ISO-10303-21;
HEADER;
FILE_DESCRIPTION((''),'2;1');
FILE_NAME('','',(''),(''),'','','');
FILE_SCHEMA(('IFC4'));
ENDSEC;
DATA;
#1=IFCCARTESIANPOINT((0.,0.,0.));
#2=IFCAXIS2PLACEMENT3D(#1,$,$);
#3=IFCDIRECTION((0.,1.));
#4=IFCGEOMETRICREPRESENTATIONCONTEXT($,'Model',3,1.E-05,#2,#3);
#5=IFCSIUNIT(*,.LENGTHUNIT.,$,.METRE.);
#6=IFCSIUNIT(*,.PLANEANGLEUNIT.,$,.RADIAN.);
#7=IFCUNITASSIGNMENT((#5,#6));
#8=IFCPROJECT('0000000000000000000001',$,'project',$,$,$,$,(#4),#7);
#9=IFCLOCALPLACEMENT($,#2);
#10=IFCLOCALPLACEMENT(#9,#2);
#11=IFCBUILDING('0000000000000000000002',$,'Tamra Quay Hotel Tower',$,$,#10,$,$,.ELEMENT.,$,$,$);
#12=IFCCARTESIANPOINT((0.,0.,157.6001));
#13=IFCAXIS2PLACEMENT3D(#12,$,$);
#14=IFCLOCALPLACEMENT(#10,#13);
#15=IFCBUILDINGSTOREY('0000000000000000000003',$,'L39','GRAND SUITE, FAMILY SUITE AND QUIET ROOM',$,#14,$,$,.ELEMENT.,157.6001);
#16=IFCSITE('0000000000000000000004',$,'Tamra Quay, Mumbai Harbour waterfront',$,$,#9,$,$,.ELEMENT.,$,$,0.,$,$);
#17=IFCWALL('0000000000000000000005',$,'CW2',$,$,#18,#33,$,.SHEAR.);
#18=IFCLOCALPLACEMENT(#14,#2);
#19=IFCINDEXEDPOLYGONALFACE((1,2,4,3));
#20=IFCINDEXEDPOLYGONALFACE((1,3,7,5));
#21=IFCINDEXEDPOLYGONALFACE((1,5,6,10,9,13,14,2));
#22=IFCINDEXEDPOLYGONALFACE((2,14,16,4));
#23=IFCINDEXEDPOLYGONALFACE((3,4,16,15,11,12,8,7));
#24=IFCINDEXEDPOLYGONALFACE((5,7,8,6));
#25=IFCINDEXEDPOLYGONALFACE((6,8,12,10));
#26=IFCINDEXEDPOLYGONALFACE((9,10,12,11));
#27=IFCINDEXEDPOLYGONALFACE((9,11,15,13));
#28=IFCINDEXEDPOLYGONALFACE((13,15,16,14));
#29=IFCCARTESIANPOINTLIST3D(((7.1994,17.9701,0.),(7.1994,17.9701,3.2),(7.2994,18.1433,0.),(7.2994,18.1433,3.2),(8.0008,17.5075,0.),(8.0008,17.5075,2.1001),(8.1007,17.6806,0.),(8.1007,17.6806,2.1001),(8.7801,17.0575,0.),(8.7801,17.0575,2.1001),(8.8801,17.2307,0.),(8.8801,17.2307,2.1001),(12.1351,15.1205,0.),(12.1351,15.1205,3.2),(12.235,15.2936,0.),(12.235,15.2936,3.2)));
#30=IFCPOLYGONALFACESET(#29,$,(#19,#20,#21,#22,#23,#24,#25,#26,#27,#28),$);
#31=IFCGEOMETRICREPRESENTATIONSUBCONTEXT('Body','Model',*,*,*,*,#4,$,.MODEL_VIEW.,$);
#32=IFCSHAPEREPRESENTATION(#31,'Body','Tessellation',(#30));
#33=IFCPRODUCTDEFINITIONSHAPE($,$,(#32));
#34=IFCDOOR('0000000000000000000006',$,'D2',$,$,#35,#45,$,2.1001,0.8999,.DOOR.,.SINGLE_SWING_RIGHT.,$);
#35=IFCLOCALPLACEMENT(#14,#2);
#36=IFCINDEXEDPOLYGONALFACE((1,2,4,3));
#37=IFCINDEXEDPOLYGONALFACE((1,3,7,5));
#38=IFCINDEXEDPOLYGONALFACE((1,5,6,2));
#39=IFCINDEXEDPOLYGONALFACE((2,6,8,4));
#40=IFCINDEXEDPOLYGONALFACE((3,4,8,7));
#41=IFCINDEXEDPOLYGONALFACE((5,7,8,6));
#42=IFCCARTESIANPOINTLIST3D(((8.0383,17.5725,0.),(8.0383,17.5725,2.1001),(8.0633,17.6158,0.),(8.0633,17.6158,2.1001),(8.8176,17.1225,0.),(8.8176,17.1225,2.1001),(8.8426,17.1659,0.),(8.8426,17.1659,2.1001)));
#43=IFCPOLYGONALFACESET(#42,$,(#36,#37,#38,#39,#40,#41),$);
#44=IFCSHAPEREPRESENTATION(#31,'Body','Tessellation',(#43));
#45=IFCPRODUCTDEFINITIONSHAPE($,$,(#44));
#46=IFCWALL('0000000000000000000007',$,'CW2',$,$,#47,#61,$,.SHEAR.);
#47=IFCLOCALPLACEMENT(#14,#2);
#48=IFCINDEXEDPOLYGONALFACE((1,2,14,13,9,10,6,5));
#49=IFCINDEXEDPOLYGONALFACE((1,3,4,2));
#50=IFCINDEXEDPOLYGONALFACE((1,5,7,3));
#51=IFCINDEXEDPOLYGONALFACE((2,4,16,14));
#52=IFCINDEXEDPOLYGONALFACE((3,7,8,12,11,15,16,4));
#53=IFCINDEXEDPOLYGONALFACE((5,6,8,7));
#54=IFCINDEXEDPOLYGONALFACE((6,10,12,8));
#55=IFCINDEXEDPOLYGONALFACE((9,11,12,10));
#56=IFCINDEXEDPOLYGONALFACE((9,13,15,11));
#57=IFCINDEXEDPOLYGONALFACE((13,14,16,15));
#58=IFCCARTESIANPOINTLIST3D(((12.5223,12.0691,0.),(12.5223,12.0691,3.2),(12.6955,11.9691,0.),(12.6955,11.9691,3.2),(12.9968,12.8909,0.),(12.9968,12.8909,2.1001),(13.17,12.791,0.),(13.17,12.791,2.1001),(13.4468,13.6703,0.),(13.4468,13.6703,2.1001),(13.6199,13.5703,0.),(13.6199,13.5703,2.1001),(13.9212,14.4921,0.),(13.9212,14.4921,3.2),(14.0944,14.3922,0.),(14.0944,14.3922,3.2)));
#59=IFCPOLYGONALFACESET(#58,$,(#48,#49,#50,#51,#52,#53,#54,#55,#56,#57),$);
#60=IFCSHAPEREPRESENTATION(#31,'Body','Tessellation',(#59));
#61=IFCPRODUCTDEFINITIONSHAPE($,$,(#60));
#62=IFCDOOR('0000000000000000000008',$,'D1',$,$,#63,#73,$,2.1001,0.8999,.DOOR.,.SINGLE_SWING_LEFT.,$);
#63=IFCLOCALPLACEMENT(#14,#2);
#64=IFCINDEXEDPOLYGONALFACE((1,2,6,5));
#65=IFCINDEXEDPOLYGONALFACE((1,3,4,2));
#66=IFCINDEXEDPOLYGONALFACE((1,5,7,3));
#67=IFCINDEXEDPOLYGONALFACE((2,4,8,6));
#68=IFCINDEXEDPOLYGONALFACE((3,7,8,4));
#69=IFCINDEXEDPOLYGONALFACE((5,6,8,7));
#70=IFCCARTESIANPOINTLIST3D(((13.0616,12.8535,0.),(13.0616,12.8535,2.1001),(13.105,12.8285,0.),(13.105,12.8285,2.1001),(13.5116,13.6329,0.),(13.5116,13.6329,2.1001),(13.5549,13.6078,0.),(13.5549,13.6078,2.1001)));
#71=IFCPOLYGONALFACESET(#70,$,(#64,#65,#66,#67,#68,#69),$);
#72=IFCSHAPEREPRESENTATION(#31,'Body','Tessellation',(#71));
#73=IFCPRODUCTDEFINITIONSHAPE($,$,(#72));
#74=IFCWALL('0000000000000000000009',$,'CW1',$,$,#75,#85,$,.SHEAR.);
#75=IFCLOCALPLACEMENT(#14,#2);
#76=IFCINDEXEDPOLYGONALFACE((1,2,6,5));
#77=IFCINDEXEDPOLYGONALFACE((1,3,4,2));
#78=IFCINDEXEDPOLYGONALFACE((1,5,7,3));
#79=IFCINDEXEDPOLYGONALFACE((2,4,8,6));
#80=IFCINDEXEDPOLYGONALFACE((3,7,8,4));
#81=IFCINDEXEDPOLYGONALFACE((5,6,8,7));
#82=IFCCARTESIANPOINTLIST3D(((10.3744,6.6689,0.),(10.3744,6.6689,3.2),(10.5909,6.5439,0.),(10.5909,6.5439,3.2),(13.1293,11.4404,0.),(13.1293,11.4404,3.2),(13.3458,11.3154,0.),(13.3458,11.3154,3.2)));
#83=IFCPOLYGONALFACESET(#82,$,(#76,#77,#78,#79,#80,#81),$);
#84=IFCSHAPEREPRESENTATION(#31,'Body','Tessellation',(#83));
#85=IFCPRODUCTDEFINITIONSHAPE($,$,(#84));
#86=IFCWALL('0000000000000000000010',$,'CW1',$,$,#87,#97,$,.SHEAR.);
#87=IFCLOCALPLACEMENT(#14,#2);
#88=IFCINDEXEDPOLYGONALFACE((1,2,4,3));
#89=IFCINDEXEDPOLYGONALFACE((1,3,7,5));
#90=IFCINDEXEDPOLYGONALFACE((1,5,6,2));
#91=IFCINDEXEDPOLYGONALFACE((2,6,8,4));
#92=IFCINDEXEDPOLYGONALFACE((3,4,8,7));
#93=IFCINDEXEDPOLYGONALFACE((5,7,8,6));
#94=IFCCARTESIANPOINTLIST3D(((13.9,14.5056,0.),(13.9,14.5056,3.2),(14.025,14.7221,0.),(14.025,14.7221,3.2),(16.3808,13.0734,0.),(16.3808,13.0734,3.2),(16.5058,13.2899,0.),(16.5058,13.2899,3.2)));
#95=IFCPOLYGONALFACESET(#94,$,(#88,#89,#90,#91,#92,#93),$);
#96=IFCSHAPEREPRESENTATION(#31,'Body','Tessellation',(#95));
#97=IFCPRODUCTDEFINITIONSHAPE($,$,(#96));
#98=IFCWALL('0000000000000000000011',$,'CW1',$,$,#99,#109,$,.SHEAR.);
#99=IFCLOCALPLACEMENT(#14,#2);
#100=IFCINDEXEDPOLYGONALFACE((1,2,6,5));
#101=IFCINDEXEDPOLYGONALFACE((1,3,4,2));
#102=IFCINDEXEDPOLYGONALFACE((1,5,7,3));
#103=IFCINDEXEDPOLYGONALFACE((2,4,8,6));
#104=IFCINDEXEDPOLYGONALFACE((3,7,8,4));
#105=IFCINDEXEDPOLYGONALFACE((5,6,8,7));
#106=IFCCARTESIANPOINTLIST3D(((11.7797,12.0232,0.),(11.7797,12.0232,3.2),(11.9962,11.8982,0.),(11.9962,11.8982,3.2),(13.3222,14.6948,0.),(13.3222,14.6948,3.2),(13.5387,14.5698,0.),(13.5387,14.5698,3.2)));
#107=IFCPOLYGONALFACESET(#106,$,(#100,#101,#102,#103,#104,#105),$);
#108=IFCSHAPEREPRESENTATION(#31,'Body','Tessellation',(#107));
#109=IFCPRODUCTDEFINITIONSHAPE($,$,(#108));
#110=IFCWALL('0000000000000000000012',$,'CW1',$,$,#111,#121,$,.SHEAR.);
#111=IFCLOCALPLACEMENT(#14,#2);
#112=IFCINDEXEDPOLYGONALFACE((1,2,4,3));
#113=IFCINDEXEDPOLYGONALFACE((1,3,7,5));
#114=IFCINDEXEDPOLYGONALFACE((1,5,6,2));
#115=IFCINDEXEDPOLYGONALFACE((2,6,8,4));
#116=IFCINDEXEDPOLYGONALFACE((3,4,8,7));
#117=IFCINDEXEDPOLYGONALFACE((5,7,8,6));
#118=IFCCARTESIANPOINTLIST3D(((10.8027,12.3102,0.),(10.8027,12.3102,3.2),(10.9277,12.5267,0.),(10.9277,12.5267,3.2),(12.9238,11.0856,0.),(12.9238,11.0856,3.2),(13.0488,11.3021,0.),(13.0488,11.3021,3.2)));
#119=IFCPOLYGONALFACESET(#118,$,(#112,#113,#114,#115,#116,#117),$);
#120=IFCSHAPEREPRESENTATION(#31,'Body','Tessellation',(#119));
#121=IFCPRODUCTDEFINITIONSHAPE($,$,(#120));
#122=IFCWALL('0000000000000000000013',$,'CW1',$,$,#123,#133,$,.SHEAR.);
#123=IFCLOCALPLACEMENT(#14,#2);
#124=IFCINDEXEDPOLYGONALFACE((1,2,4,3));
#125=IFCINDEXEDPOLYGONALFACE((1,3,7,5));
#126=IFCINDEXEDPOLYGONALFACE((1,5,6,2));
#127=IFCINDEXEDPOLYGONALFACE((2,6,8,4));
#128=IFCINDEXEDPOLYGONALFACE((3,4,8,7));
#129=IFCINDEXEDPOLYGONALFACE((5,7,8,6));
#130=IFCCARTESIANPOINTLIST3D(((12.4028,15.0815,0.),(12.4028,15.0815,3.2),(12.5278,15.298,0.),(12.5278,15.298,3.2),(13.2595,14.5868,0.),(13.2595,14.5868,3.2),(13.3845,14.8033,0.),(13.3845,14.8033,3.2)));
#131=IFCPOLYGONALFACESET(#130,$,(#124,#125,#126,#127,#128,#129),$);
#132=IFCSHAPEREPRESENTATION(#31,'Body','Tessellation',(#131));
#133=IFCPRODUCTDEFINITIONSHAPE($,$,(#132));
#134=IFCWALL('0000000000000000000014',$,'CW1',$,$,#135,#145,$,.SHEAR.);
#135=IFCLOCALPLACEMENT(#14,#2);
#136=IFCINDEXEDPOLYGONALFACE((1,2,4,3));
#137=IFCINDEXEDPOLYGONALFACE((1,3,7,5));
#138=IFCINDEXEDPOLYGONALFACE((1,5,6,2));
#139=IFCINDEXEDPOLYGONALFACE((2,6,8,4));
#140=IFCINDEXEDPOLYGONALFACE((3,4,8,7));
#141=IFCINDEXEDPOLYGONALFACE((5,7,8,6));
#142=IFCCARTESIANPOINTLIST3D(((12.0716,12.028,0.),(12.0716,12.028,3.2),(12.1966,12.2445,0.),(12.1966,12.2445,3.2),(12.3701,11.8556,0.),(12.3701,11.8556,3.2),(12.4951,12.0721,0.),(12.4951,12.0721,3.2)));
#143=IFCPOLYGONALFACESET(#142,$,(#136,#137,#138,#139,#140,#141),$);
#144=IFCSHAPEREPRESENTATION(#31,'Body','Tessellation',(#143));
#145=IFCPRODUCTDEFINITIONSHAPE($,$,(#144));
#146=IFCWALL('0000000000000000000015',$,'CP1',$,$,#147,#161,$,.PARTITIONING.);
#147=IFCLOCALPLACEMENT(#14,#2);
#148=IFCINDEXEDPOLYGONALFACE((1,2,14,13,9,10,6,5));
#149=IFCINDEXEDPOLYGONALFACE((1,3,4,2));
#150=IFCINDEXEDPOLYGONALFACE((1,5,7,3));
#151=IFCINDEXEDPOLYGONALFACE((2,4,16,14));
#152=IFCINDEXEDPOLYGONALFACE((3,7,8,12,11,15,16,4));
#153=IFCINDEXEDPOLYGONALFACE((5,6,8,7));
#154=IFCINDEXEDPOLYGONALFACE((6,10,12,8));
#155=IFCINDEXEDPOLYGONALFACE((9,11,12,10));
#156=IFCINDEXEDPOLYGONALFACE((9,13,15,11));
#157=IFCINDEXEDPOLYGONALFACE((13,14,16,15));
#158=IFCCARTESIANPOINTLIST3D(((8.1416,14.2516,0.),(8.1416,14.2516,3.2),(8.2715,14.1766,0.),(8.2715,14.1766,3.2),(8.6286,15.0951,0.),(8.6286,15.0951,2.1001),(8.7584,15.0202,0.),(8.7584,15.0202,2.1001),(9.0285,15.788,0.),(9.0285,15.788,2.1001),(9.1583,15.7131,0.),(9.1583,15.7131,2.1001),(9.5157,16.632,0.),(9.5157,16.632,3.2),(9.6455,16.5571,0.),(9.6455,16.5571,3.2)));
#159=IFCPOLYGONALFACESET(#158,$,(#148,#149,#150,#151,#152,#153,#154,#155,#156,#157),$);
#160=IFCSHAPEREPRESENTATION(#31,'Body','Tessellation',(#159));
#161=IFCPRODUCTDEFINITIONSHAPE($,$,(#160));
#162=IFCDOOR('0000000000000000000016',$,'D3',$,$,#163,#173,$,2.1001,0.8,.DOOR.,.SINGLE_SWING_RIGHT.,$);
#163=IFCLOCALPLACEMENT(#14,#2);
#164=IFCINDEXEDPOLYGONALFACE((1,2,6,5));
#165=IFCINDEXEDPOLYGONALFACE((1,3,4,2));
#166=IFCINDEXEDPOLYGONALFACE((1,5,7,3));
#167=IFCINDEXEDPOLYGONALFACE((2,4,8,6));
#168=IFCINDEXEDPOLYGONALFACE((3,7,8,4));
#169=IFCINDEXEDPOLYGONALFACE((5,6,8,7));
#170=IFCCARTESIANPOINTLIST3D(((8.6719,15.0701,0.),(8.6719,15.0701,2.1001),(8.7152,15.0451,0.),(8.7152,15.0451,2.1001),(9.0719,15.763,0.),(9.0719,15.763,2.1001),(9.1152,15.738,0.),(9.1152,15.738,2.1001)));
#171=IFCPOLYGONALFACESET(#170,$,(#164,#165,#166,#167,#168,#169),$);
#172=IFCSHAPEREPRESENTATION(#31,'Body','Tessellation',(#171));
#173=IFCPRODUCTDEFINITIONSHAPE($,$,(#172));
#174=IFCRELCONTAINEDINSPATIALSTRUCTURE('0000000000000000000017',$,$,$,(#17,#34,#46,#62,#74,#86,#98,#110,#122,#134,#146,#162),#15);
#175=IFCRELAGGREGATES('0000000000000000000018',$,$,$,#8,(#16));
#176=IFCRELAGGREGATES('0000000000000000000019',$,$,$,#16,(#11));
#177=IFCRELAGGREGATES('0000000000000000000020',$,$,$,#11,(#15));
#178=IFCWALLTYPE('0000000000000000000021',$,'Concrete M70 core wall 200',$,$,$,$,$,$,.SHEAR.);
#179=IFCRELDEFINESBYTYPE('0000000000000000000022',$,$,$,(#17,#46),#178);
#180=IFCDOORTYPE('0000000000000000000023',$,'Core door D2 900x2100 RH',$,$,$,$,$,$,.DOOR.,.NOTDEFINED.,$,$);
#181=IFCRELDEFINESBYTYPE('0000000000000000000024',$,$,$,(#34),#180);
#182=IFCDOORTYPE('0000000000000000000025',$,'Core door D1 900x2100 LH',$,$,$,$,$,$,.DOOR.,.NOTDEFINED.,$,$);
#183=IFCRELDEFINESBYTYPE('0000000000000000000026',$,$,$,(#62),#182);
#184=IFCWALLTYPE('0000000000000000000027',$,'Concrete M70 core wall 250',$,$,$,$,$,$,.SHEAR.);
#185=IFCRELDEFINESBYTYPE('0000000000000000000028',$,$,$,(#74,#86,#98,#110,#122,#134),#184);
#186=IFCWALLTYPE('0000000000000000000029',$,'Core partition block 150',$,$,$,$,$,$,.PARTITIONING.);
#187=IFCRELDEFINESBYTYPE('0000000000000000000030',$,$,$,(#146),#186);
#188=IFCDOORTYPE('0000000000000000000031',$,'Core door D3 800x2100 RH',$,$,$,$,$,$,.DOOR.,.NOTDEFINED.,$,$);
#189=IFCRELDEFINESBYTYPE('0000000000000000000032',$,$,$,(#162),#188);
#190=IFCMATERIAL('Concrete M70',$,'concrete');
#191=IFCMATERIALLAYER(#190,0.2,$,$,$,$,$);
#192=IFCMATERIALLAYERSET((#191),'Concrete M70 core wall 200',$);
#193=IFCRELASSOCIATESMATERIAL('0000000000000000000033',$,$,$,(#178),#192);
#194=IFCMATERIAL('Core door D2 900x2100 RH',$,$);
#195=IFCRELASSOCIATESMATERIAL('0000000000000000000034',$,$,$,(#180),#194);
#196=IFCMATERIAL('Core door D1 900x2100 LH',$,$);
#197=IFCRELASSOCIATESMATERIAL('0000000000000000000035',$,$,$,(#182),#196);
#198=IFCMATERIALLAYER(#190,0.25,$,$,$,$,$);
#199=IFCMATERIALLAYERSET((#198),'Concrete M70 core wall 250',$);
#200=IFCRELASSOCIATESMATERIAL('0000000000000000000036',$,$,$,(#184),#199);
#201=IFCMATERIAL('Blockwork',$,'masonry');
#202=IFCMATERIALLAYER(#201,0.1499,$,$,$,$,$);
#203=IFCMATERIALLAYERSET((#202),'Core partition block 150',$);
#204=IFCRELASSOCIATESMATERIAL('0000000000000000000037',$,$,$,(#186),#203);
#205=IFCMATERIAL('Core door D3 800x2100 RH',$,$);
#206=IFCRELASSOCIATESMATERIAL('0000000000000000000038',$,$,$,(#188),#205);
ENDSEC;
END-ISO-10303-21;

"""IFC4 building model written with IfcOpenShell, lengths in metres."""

from ifc_helpers import new_model, si_unit, direction, frame, frame_2d, origin, place, context, subcontext, project, spatial, rectangle, extrude, material, layer, layer_set, type_object, element, fill, save


model = new_model("IFC4")

# Units and contexts
model_context = context("Model", 3, precision=1e-05, world=origin(), true_north=direction((0.0, 1.0)))
body_context = subcontext(model_context, "Body", "Model", "MODEL_VIEW")
ifc_project = project(units=[si_unit("LENGTHUNIT", "METRE"), si_unit("PLANEANGLEUNIT", "RADIAN")], contexts=[model_context])

# Site, building, storey
site_placement = place(None, origin())
site = spatial("IfcSite", under=ifc_project, at=site_placement, Name="Tamra Quay, Mumbai Harbour waterfront", CompositionType="ELEMENT", RefElevation=0.0)
building_placement = place(site_placement, origin())
building = spatial("IfcBuilding", under=site, at=building_placement, Name="Tamra Quay Hotel Tower", CompositionType="ELEMENT")
storey_placement = place(building_placement, frame((0.0, 0.0, 157.6001)))
storey = spatial("IfcBuildingStorey", under=building, at=storey_placement, Name="L39", Description="GRAND SUITE, FAMILY SUITE AND QUIET ROOM", CompositionType="ELEMENT", Elevation=157.6001)

# Walls, openings, doors
ifc_material_1 = material(Name="Concrete M70", Category="concrete")
ifc_layer_1 = layer(ifc_material_1, 0.2)
ifc_layer_set_1 = layer_set([ifc_layer_1], Name="Concrete M70 core wall 200")
wall_type_1 = type_object("IfcWallType", Name="Concrete M70 core wall 200", PredefinedType="SHEAR", material=ifc_layer_set_1)
wall_1_placement = place(storey_placement, frame((12.1851, 15.207, 0.0), z_axis=(0.0, 0.0, 1.0), x_axis=(-0.86602, 0.500009, 0.0)))
wall_1 = element("IfcWall", 1, at=wall_1_placement, inside=storey, type_object=wall_type_1, Name="CW2", PredefinedType="SHEAR", context=body_context, shape_type="SweptSolid", body=[
    extrude(rectangle(XDim=5.6992, YDim=0.2, at=frame_2d((2.8496, 0.0))), origin(), (0.0, 0.0, 1.0), 3.2),
])
opening_1_placement = place(wall_1_placement, frame((3.874, 0.0, 0.0)))
opening_1 = element("IfcOpeningElement", 2, at=opening_1_placement, cuts=wall_1, PredefinedType="OPENING", context=body_context, shape_type="SweptSolid", body=[
    extrude(rectangle(XDim=0.8999, YDim=2.1001, at=frame_2d((0.45, 1.05))), frame((0.0, 0.1099, 0.0), z_axis=(0.0, -1.0, 0.0), x_axis=(1.0, 0.0, 0.0)), (0.0, 0.0, 1.0), 0.22),
])
ifc_material_2 = material(Name="Core door D2 900x2100 RH")
door_type_1 = type_object("IfcDoorType", Name="Core door D2 900x2100 RH", OperationType="NOTDEFINED", PredefinedType="DOOR", material=ifc_material_2)
door_1_placement = place(opening_1_placement, origin())
door_1 = element("IfcDoor", 3, at=door_1_placement, inside=storey, type_object=door_type_1, Name="D2", OperationType="SINGLE_SWING_RIGHT", OverallHeight=2.1001, OverallWidth=0.8999, PredefinedType="DOOR", context=body_context, shape_type="SweptSolid", body=[
    extrude(rectangle(XDim=0.8999, YDim=2.1001, at=frame_2d((0.45, 1.05))), frame((0.0, 0.0249, 0.0), z_axis=(0.0, -1.0, 0.0), x_axis=(1.0, 0.0, 0.0)), (0.0, 0.0, 1.0), 0.05),
])
fill(opening_1, door_1)
wall_2_placement = place(storey_placement, frame((14.0078, 14.4421, 0.0), z_axis=(0.0, 0.0, 1.0), x_axis=(-0.499987, -0.866033, 0.0)))
wall_2 = element("IfcWall", 4, at=wall_2_placement, inside=storey, type_object=wall_type_1, Name="CW2", PredefinedType="SHEAR", context=body_context, shape_type="SweptSolid", body=[
    extrude(rectangle(XDim=2.7979, YDim=0.2, at=frame_2d((1.3989, 0.0))), origin(), (0.0, 0.0, 1.0), 3.2),
])
opening_2_placement = place(wall_2_placement, frame((0.949, 0.0, 0.0)))
opening_2 = element("IfcOpeningElement", 5, at=opening_2_placement, cuts=wall_2, PredefinedType="OPENING", context=body_context, shape_type="SweptSolid", body=[
    extrude(rectangle(XDim=0.8999, YDim=2.1001, at=frame_2d((0.45, 1.05))), frame((0.0, 0.1099, 0.0), z_axis=(0.0, -1.0, 0.0), x_axis=(1.0, 0.0, 0.0)), (0.0, 0.0, 1.0), 0.22),
])
ifc_material_3 = material(Name="Core door D1 900x2100 LH")
door_type_2 = type_object("IfcDoorType", Name="Core door D1 900x2100 LH", OperationType="NOTDEFINED", PredefinedType="DOOR", material=ifc_material_3)
door_2_placement = place(opening_2_placement, origin())
door_2 = element("IfcDoor", 6, at=door_2_placement, inside=storey, type_object=door_type_2, Name="D1", OperationType="SINGLE_SWING_LEFT", OverallHeight=2.1001, OverallWidth=0.8999, PredefinedType="DOOR", context=body_context, shape_type="SweptSolid", body=[
    extrude(rectangle(XDim=0.8999, YDim=2.1001, at=frame_2d((0.45, 1.05))), frame((0.0, 0.0249, 0.0), z_axis=(0.0, -1.0, 0.0), x_axis=(1.0, 0.0, 0.0)), (0.0, 0.0, 1.0), 0.05),
])
fill(opening_2, door_2)

# Walls
ifc_layer_2 = layer(ifc_material_1, 0.25)
ifc_layer_set_2 = layer_set([ifc_layer_2], Name="Concrete M70 core wall 250")
wall_type_2 = type_object("IfcWallType", Name="Concrete M70 core wall 250", PredefinedType="SHEAR", material=ifc_layer_set_2)
wall_3_placement = place(storey_placement, frame((13.2375, 11.3779, 0.0), z_axis=(0.0, 0.0, 1.0), x_axis=(-0.500009, -0.86602, 0.0)))
element("IfcWall", 7, at=wall_3_placement, inside=storey, type_object=wall_type_2, Name="CW1", PredefinedType="SHEAR", context=body_context, shape_type="SweptSolid", body=[
    extrude(rectangle(XDim=5.5098, YDim=0.25, at=frame_2d((2.7549, 0.0))), origin(), (0.0, 0.0, 1.0), 3.2),
])
wall_4_placement = place(storey_placement, frame((13.9626, 14.6138, 0.0), z_axis=(0.0, 0.0, 1.0), x_axis=(0.866042, -0.499971, 0.0)))
element("IfcWall", 8, at=wall_4_placement, inside=storey, type_object=wall_type_2, Name="CW1", PredefinedType="SHEAR", context=body_context, shape_type="SweptSolid", body=[
    extrude(rectangle(XDim=2.8645, YDim=0.25, at=frame_2d((1.4321, 0.0))), origin(), (0.0, 0.0, 1.0), 3.2),
])
wall_5_placement = place(storey_placement, frame((11.8879, 11.9607, 0.0), z_axis=(0.0, 0.0, 1.0), x_axis=(0.500003, 0.866023, 0.0)))
element("IfcWall", 9, at=wall_5_placement, inside=storey, type_object=wall_type_2, Name="CW1", PredefinedType="SHEAR", context=body_context, shape_type="SweptSolid", body=[
    extrude(rectangle(XDim=3.085, YDim=0.25, at=frame_2d((1.5425, 0.0))), origin(), (0.0, 0.0, 1.0), 3.2),
])
wall_6_placement = place(storey_placement, frame((10.8652, 12.4185, 0.0), z_axis=(0.0, 0.0, 1.0), x_axis=(0.866026, -0.499999, 0.0)))
element("IfcWall", 10, at=wall_6_placement, inside=storey, type_object=wall_type_2, Name="CW1", PredefinedType="SHEAR", context=body_context, shape_type="SweptSolid", body=[
    extrude(rectangle(XDim=2.4492, YDim=0.25, at=frame_2d((1.2246, 0.0))), origin(), (0.0, 0.0, 1.0), 3.2),
])
wall_7_placement = place(storey_placement, frame((13.322, 14.6951, 0.0), z_axis=(0.0, 0.0, 1.0), x_axis=(-0.866017, 0.500014, 0.0)))
element("IfcWall", 11, at=wall_7_placement, inside=storey, type_object=wall_type_2, Name="CW1", PredefinedType="SHEAR", context=body_context, shape_type="SweptSolid", body=[
    extrude(rectangle(XDim=0.9893, YDim=0.25, at=frame_2d((0.4946, 0.0))), origin(), (0.0, 0.0, 1.0), 3.2),
])
wall_8_placement = place(storey_placement, frame((12.4326, 11.9639, 0.0), z_axis=(0.0, 0.0, 1.0), x_axis=(-0.866056, 0.499947, 0.0)))
element("IfcWall", 12, at=wall_8_placement, inside=storey, type_object=wall_type_2, Name="CW1", PredefinedType="SHEAR", context=body_context, shape_type="SweptSolid", body=[
    extrude(rectangle(XDim=0.3447, YDim=0.25, at=frame_2d((0.1724, 0.0))), origin(), (0.0, 0.0, 1.0), 3.2),
])

# Wall, opening, door
ifc_material_4 = material(Name="Blockwork", Category="masonry")
ifc_layer_3 = layer(ifc_material_4, 0.1499)
ifc_layer_set_3 = layer_set([ifc_layer_3], Name="Core partition block 150")
wall_type_3 = type_object("IfcWallType", Name="Core partition block 150", PredefinedType="PARTITIONING", material=ifc_layer_set_3)
wall_9_placement = place(storey_placement, frame((8.2065, 14.2141, 0.0), z_axis=(0.0, 0.0, 1.0), x_axis=(0.499922, 0.86607, 0.0)))
wall_9 = element("IfcWall", 13, at=wall_9_placement, inside=storey, type_object=wall_type_3, Name="CP1", PredefinedType="PARTITIONING", context=body_context, shape_type="SweptSolid", body=[
    extrude(rectangle(XDim=2.7485, YDim=0.1499, at=frame_2d((1.3743, 0.0))), origin(), (0.0, 0.0, 1.0), 3.2),
])
opening_3_placement = place(wall_9_placement, frame((0.9741, 0.0, 0.0)))
opening_3 = element("IfcOpeningElement", 14, at=opening_3_placement, cuts=wall_9, PredefinedType="OPENING", context=body_context, shape_type="SweptSolid", body=[
    extrude(rectangle(XDim=0.8, YDim=2.1001, at=frame_2d((0.3999, 1.05))), frame((0.0, 0.085, 0.0), z_axis=(0.0, -1.0, 0.0), x_axis=(1.0, 0.0, 0.0)), (0.0, 0.0, 1.0), 0.1699),
])
ifc_material_5 = material(Name="Core door D3 800x2100 RH")
door_type_3 = type_object("IfcDoorType", Name="Core door D3 800x2100 RH", OperationType="NOTDEFINED", PredefinedType="DOOR", material=ifc_material_5)
door_3_placement = place(opening_3_placement, origin())
door_3 = element("IfcDoor", 15, at=door_3_placement, inside=storey, type_object=door_type_3, Name="D3", OperationType="SINGLE_SWING_RIGHT", OverallHeight=2.1001, OverallWidth=0.8, PredefinedType="DOOR", context=body_context, shape_type="SweptSolid", body=[
    extrude(rectangle(XDim=0.8, YDim=2.1001, at=frame_2d((0.3999, 1.05))), frame((0.0, 0.0249, 0.0), z_axis=(0.0, -1.0, 0.0), x_axis=(1.0, 0.0, 0.0)), (0.0, 0.0, 1.0), 0.05),
])
fill(opening_3, door_3)

save(model, "model.ifc")
